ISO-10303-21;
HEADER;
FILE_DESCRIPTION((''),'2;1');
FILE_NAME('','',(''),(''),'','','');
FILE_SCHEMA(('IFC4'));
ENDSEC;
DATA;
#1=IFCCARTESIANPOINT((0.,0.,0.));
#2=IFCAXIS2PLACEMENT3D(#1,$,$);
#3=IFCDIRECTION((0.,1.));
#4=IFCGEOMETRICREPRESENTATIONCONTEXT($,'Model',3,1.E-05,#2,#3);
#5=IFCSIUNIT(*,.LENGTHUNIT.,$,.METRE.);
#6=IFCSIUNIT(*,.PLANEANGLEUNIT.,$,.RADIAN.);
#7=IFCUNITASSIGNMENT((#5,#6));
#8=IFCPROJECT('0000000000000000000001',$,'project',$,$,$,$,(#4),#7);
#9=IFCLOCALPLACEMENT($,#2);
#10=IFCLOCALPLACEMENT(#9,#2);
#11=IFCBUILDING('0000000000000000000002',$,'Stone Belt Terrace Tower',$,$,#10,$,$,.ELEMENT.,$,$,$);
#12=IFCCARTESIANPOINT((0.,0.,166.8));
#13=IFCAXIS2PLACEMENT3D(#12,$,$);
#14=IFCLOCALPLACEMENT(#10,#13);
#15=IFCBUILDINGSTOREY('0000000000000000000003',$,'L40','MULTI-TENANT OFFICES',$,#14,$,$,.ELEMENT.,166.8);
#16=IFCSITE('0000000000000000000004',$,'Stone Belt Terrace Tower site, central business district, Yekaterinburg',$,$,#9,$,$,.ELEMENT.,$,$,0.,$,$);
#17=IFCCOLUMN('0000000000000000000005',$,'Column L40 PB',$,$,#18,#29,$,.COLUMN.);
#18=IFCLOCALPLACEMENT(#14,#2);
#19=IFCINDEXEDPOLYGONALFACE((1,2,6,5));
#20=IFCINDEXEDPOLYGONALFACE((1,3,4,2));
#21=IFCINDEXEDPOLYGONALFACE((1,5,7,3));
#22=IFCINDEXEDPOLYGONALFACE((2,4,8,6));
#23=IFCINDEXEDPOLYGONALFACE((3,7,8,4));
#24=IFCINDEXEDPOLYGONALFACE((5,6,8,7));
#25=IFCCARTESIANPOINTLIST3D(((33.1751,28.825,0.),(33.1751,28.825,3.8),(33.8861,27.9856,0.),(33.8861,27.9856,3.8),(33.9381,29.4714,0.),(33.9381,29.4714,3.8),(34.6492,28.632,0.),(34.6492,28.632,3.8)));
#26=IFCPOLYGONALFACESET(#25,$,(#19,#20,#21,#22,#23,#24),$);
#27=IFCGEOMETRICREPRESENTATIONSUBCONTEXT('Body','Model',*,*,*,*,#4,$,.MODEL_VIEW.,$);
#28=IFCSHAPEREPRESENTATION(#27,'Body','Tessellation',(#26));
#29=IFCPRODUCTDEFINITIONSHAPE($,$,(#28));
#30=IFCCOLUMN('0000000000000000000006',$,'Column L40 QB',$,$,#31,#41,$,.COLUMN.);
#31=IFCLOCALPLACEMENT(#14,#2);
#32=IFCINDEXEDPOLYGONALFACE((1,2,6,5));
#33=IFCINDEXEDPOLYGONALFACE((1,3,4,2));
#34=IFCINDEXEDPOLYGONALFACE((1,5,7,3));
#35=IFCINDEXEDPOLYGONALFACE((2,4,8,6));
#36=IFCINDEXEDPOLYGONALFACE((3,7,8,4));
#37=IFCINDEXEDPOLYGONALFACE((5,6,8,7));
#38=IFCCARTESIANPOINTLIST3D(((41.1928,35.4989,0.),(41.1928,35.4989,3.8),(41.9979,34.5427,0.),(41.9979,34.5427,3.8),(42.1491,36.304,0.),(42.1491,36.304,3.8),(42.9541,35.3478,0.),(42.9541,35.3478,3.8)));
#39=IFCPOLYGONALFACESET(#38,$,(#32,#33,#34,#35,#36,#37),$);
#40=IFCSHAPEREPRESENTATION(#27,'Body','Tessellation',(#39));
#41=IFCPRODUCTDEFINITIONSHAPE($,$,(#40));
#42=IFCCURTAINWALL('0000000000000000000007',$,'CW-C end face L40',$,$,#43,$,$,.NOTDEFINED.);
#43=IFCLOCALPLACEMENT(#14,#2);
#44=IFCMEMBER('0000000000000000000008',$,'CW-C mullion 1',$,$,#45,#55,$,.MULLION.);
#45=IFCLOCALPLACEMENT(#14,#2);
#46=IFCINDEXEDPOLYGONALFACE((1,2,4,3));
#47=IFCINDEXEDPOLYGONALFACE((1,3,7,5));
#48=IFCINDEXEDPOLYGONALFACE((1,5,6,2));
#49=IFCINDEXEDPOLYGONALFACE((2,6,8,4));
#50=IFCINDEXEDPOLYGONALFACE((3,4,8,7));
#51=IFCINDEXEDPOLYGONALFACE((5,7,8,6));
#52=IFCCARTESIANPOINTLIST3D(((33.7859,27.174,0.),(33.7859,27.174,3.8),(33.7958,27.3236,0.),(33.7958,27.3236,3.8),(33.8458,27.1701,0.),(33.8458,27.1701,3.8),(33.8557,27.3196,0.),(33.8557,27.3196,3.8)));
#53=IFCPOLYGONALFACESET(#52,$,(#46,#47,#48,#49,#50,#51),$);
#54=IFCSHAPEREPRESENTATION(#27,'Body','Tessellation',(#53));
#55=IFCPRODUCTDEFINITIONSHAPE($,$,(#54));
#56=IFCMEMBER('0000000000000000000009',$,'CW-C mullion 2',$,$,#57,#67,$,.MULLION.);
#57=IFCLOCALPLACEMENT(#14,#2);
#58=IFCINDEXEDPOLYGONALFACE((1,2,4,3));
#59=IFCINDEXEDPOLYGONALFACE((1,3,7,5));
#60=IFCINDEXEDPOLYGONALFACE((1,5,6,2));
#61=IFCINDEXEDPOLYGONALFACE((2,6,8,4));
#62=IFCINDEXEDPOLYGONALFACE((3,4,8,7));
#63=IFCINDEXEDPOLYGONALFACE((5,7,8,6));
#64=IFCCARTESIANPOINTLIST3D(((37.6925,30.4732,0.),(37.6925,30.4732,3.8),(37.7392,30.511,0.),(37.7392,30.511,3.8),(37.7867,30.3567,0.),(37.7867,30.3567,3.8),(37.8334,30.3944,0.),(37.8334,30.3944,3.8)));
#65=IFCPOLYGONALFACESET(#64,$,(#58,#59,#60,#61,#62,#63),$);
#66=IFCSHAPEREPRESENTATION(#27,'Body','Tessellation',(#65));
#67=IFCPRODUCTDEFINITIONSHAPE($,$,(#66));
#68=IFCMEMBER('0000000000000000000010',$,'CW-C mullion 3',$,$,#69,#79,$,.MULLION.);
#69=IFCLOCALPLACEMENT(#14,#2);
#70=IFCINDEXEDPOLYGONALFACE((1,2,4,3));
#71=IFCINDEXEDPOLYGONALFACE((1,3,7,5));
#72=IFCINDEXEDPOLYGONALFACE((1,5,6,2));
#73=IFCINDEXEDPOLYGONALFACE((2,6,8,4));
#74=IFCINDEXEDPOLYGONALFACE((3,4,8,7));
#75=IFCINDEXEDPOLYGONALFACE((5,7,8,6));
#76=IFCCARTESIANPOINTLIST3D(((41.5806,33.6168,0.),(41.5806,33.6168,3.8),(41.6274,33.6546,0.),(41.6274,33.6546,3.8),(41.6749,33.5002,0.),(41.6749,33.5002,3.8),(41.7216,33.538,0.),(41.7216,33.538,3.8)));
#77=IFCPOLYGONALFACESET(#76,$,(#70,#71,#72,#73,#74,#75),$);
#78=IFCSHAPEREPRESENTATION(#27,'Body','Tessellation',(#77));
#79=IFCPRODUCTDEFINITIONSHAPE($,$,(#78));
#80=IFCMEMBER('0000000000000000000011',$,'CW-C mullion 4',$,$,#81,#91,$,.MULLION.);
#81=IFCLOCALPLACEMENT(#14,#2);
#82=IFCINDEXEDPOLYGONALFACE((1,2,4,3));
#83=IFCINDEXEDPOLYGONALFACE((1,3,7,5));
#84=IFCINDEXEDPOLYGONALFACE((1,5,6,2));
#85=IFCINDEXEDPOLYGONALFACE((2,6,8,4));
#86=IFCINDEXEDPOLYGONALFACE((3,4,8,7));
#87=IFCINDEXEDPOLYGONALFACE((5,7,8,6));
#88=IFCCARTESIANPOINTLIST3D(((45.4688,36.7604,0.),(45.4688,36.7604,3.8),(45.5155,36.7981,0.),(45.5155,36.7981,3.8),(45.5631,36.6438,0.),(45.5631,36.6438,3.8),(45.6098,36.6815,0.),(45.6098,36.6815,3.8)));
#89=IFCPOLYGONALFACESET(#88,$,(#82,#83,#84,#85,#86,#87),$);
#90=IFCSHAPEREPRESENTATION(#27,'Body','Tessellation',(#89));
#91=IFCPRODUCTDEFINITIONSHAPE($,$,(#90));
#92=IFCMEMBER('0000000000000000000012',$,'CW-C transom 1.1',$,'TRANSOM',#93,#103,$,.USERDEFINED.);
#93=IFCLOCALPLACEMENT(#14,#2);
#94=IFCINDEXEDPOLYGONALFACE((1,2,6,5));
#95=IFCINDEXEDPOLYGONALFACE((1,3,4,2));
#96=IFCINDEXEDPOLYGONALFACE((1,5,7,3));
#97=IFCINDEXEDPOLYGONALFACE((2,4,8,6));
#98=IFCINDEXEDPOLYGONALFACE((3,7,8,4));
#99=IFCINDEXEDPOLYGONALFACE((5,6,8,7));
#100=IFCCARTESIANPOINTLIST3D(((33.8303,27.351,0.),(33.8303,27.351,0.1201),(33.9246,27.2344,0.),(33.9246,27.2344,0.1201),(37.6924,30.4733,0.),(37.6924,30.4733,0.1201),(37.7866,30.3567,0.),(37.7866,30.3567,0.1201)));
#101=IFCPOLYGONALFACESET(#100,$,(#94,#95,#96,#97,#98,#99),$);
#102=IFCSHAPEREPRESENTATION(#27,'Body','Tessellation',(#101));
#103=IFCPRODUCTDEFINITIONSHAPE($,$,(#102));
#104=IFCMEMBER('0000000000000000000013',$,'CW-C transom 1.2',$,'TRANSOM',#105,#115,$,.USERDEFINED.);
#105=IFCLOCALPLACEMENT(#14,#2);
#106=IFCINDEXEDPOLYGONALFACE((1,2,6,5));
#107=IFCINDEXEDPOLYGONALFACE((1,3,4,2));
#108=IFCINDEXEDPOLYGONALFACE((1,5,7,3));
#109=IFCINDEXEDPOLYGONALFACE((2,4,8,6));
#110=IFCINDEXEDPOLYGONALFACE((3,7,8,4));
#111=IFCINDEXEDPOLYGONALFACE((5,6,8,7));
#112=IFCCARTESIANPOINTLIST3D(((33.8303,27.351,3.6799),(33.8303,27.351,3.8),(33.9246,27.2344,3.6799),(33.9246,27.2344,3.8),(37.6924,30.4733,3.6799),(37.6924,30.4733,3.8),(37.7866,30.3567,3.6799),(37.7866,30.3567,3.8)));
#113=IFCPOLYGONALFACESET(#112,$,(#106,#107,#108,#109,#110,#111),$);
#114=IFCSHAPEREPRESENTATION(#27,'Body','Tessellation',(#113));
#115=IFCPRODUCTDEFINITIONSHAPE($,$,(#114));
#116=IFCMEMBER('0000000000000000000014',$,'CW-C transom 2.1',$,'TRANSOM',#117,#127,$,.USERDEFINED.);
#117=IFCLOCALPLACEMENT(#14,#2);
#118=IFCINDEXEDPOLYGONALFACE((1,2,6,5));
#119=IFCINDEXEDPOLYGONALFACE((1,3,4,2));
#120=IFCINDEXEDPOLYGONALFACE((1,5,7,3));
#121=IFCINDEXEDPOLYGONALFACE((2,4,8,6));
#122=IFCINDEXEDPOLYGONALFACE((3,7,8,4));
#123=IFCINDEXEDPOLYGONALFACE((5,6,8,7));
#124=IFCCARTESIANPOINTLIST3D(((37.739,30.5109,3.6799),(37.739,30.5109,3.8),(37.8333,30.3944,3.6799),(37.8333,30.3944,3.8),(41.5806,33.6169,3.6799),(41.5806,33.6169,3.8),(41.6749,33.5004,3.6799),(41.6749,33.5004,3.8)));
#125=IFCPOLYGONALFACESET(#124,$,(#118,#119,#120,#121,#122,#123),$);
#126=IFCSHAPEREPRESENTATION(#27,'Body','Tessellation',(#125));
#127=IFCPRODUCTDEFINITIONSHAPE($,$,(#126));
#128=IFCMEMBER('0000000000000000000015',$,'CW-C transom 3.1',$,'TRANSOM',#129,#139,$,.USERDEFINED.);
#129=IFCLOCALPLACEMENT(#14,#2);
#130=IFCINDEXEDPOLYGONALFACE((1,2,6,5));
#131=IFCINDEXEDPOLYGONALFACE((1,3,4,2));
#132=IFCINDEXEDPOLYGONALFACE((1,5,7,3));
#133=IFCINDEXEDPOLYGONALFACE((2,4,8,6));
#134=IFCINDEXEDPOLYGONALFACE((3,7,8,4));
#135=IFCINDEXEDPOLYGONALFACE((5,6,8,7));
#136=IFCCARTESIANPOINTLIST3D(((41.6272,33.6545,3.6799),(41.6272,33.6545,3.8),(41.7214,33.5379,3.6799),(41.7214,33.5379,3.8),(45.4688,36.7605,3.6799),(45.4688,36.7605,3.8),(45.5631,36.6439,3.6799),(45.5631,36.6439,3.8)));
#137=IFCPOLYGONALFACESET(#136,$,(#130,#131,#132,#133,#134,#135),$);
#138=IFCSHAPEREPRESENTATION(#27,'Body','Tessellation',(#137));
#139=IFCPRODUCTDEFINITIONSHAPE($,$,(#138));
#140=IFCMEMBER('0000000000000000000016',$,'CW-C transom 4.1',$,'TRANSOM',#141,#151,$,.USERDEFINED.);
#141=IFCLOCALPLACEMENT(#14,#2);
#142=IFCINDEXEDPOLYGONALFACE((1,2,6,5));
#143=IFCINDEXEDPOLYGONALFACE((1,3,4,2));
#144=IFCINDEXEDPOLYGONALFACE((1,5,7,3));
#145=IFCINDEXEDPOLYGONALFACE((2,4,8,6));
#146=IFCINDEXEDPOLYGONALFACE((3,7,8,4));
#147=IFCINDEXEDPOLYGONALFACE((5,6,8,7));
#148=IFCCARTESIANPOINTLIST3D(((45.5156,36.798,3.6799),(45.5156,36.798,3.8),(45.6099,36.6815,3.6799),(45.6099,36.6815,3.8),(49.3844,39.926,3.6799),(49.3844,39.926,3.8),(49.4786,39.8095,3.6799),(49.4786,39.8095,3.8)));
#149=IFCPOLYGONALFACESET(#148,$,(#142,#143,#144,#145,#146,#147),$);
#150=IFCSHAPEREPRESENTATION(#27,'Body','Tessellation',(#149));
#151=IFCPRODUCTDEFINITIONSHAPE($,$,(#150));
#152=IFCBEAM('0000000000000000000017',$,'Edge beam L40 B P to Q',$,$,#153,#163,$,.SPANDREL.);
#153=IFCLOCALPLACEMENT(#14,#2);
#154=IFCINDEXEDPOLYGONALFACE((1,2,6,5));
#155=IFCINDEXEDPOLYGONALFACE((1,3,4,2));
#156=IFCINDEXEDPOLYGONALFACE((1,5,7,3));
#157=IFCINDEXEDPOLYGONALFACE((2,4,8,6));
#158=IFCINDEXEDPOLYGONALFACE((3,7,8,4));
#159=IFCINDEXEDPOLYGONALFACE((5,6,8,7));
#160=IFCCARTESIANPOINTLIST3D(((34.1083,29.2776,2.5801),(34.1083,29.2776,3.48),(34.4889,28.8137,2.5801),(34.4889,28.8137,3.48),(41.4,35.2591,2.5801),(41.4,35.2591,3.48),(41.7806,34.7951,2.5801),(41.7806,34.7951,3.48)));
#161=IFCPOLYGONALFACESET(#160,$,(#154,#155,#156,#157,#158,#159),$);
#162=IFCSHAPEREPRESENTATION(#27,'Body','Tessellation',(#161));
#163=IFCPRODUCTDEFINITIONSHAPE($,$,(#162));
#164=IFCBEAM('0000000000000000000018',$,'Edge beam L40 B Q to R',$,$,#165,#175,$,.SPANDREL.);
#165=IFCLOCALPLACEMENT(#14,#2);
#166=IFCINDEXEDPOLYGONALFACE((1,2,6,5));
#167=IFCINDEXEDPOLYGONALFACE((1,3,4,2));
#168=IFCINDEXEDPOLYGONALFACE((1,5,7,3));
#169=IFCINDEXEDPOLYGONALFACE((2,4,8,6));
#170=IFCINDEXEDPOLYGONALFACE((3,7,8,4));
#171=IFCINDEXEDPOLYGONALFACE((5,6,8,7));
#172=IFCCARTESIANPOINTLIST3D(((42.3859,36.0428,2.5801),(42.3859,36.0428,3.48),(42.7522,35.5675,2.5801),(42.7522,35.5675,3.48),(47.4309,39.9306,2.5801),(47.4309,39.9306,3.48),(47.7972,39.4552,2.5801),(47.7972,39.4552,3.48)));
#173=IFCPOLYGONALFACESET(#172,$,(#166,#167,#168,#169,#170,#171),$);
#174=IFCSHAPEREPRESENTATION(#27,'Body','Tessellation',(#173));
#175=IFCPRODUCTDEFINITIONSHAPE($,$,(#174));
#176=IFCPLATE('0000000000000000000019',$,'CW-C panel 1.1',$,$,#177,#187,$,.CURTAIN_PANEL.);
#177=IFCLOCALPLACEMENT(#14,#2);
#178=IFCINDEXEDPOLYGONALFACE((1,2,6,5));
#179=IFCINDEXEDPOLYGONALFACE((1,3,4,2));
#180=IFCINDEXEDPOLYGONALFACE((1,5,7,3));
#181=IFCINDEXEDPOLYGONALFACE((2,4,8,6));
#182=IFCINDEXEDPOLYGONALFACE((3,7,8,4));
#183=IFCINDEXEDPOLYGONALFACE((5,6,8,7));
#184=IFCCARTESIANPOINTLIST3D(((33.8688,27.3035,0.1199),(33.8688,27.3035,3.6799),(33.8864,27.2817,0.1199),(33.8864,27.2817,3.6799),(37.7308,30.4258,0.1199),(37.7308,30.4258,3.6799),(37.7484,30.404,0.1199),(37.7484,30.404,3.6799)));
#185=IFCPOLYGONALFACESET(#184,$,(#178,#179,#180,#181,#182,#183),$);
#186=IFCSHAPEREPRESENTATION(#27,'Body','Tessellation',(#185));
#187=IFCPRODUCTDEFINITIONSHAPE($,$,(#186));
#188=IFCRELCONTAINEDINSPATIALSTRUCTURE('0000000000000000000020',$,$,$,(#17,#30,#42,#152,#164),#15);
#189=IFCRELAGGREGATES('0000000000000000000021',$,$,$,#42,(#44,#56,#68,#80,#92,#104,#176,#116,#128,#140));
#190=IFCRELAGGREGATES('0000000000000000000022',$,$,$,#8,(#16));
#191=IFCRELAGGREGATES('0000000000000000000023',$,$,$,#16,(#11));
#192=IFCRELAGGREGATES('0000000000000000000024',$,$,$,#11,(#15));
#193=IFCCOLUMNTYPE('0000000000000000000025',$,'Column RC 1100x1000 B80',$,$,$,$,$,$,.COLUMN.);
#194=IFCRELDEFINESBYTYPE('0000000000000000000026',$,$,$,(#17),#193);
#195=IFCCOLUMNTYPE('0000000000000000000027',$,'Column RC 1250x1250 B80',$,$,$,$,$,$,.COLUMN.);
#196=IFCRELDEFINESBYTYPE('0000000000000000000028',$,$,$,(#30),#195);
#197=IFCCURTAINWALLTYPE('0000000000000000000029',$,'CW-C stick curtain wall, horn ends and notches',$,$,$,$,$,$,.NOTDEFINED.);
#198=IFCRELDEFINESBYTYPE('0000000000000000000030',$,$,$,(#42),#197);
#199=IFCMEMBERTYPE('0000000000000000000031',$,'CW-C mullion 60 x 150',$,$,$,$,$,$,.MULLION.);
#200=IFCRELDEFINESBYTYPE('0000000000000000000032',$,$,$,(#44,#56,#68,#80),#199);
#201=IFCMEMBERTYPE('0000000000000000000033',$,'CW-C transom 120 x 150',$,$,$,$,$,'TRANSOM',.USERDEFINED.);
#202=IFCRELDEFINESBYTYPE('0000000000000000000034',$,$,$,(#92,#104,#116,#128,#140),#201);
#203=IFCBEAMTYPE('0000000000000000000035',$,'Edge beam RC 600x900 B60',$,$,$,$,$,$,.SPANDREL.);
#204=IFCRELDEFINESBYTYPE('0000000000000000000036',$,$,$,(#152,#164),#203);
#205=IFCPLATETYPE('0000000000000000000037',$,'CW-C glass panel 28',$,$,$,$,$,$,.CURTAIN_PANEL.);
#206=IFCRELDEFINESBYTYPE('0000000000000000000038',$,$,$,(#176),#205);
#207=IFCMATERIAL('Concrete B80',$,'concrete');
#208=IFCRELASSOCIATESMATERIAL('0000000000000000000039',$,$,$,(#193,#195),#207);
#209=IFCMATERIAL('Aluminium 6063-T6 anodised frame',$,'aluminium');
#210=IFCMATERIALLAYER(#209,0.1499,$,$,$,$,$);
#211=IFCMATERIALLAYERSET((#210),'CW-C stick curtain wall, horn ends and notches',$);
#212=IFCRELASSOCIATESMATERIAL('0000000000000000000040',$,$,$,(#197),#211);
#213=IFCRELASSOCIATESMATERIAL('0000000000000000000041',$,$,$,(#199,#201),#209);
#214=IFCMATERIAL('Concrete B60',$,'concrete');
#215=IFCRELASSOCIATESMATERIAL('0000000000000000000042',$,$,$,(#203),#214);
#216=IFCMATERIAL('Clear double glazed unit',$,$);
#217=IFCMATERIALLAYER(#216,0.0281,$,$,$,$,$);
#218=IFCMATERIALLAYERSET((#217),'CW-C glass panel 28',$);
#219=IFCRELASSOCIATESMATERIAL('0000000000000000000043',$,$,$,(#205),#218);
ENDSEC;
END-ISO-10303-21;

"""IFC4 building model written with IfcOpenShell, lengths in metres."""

from ifc_helpers import new_model, si_unit, direction, frame, origin, origin_2d, place, context, subcontext, project, spatial, rectangle, extrude, material, layer, layer_set, material_profile, profile_set, type_object, element, aggregate, save


model = new_model("IFC4")

# Units and contexts
model_context = context("Model", 3, precision=1e-05, world=origin(), true_north=direction((0.0, 1.0)))
body_context = subcontext(model_context, "Body", "Model", "MODEL_VIEW")
ifc_project = project(units=[si_unit("LENGTHUNIT", "METRE"), si_unit("PLANEANGLEUNIT", "RADIAN")], contexts=[model_context])

# Site, building, storey
site_placement = place(None, origin())
site = spatial("IfcSite", under=ifc_project, at=site_placement, Name="Stone Belt Terrace Tower site, central business district, Yekaterinburg", CompositionType="ELEMENT", RefElevation=0.0)
building_placement = place(site_placement, origin())
building = spatial("IfcBuilding", under=site, at=building_placement, Name="Stone Belt Terrace Tower", CompositionType="ELEMENT")
storey_placement = place(building_placement, frame((0.0, 0.0, 166.8)))
storey = spatial("IfcBuildingStorey", under=building, at=storey_placement, Name="L40", Description="MULTI-TENANT OFFICES", CompositionType="ELEMENT", Elevation=166.8)

# Columns
ifc_material_1 = material(Name="Concrete B80", Category="concrete")
ifc_material_profile_1 = material_profile(ifc_material_1, rectangle(XDim=1.1001, YDim=1.0, at=origin_2d()), Name="RC 1100x1000")
ifc_profile_set_1 = profile_set([ifc_material_profile_1], Name="Concrete B80")
column_type_1 = type_object("IfcColumnType", Name="Column RC 1100x1000 B80", PredefinedType="COLUMN", material=ifc_profile_set_1)
column_1_placement = place(storey_placement, frame((33.9121, 28.7285, 0.0), z_axis=(0.0, 0.0, 1.0), x_axis=(0.646385, -0.763011, 0.0)))
element("IfcColumn", 1, at=column_1_placement, inside=storey, type_object=column_type_1, Name="Column L40 PB", PredefinedType="COLUMN", context=body_context, shape_type="SweptSolid", body=[
    extrude(rectangle(XDim=1.1001, YDim=1.0, at=origin_2d()), origin(), (0.0, 0.0, 1.0), 3.8),
])
ifc_material_profile_2 = material_profile(ifc_material_1, rectangle(XDim=1.25, YDim=1.25, at=origin_2d()), Name="RC 1250x1250")
ifc_profile_set_2 = profile_set([ifc_material_profile_2], Name="Concrete B80")
column_type_2 = type_object("IfcColumnType", Name="Column RC 1250x1250 B80", PredefinedType="COLUMN", material=ifc_profile_set_2)
column_2_placement = place(storey_placement, frame((42.0735, 35.4233, 0.0), z_axis=(0.0, 0.0, 1.0), x_axis=(0.644062, -0.764973, 0.0)))
element("IfcColumn", 2, at=column_2_placement, inside=storey, type_object=column_type_2, Name="Column L40 QB", PredefinedType="COLUMN", context=body_context, shape_type="SweptSolid", body=[
    extrude(rectangle(XDim=1.25, YDim=1.25, at=origin_2d()), origin(), (0.0, 0.0, 1.0), 3.8),
])

# Curtain wall, members
ifc_material_2 = material(Name="Aluminium 6063-T6 anodised frame", Category="aluminium")
ifc_layer_1 = layer(ifc_material_2, 0.1499)
ifc_layer_set_1 = layer_set([ifc_layer_1], Name="CW-C stick curtain wall, horn ends and notches")
curtain_wall_type = type_object("IfcCurtainWallType", Name="CW-C stick curtain wall, horn ends and notches", PredefinedType="NOTDEFINED", material=ifc_layer_set_1)
curtain_wall_placement = place(storey_placement, origin())
curtain_wall = element("IfcCurtainWall", 3, at=curtain_wall_placement, inside=storey, type_object=curtain_wall_type, Name="CW-C end face L40", PredefinedType="NOTDEFINED")
ifc_material_profile_3 = material_profile(ifc_material_2, rectangle(XDim=0.1499, YDim=0.0601, at=origin_2d()), Name="Aluminium 6063-T6 60x150")
ifc_profile_set_3 = profile_set([ifc_material_profile_3], Name="Aluminium 6063-T6 anodised frame")
member_type_1 = type_object("IfcMemberType", Name="CW-C mullion 60 x 150", PredefinedType="MULLION", material=ifc_profile_set_3)
member_1_placement = place(storey_placement, frame((33.8208, 27.2468, 0.0), z_axis=(0.0, 0.0, 1.0), x_axis=(0.065995, 0.99782, 0.0)))
member_1 = element("IfcMember", 4, at=member_1_placement, type_object=member_type_1, Name="CW-C mullion 1", PredefinedType="MULLION", context=body_context, shape_type="SweptSolid", body=[
    extrude(rectangle(XDim=0.1499, YDim=0.0601, at=origin_2d()), origin(), (0.0, 0.0, 1.0), 3.8),
])
member_2_placement = place(storey_placement, frame((37.7629, 30.4338, 0.0), z_axis=(0.0, 0.0, 1.0), x_axis=(-0.628705, 0.777644, 0.0)))
member_2 = element("IfcMember", 5, at=member_2_placement, type_object=member_type_1, Name="CW-C mullion 2", PredefinedType="MULLION", context=body_context, shape_type="SweptSolid", body=[
    extrude(rectangle(XDim=0.1499, YDim=0.0601, at=origin_2d()), origin(), (0.0, 0.0, 1.0), 3.8),
])
member_3_placement = place(storey_placement, frame((41.6511, 33.5774, 0.0), z_axis=(0.0, 0.0, 1.0), x_axis=(-0.628705, 0.777644, 0.0)))
member_3 = element("IfcMember", 6, at=member_3_placement, type_object=member_type_1, Name="CW-C mullion 3", PredefinedType="MULLION", context=body_context, shape_type="SweptSolid", body=[
    extrude(rectangle(XDim=0.1499, YDim=0.0601, at=origin_2d()), origin(), (0.0, 0.0, 1.0), 3.8),
])
member_4_placement = place(storey_placement, frame((45.5393, 36.7209, 0.0), z_axis=(0.0, 0.0, 1.0), x_axis=(-0.628705, 0.777644, 0.0)))
member_4 = element("IfcMember", 7, at=member_4_placement, type_object=member_type_1, Name="CW-C mullion 4", PredefinedType="MULLION", context=body_context, shape_type="SweptSolid", body=[
    extrude(rectangle(XDim=0.1499, YDim=0.0601, at=origin_2d()), origin(), (0.0, 0.0, 1.0), 3.8),
])
ifc_material_profile_4 = material_profile(ifc_material_2, rectangle(XDim=0.1499, YDim=0.1201, at=origin_2d()), Name="Aluminium 6063-T6 150x120")
ifc_profile_set_4 = profile_set([ifc_material_profile_4], Name="Aluminium 6063-T6 anodised frame")
member_type_2 = type_object("IfcMemberType", Name="CW-C transom 120 x 150", ElementType="TRANSOM", PredefinedType="USERDEFINED", material=ifc_profile_set_4)
member_5_placement = place(storey_placement, frame((33.8774, 27.2927, 0.0601), z_axis=(0.77765, 0.628697, 0.0), x_axis=(-0.628697, 0.77765, 0.0)))
member_5 = element("IfcMember", 8, at=member_5_placement, type_object=member_type_2, Name="CW-C transom 1.1", ObjectType="TRANSOM", PredefinedType="USERDEFINED", context=body_context, shape_type="SweptSolid", body=[
    extrude(rectangle(XDim=0.1499, YDim=0.1201, at=origin_2d()), origin(), (0.0, 0.0, 1.0), 4.9663),
])
member_6_placement = place(storey_placement, frame((33.8774, 27.2927, 3.74), z_axis=(0.77765, 0.628697, 0.0), x_axis=(-0.628697, 0.77765, 0.0)))
member_6 = element("IfcMember", 9, at=member_6_placement, type_object=member_type_2, Name="CW-C transom 1.2", ObjectType="TRANSOM", PredefinedType="USERDEFINED", context=body_context, shape_type="SweptSolid", body=[
    extrude(rectangle(XDim=0.1499, YDim=0.1201, at=origin_2d()), origin(), (0.0, 0.0, 1.0), 4.9663),
])
member_7_placement = place(storey_placement, frame((37.7861, 30.4526, 3.74), z_axis=(0.777628, 0.628725, 0.0), x_axis=(-0.628725, 0.777628, 0.0)))
member_7 = element("IfcMember", 10, at=member_7_placement, type_object=member_type_2, Name="CW-C transom 2.1", ObjectType="TRANSOM", PredefinedType="USERDEFINED", context=body_context, shape_type="SweptSolid", body=[
    extrude(rectangle(XDim=0.1499, YDim=0.1201, at=origin_2d()), origin(), (0.0, 0.0, 1.0), 4.9402),
])
member_8_placement = place(storey_placement, frame((41.6743, 33.5962, 3.74), z_axis=(0.777628, 0.628725, 0.0), x_axis=(-0.628725, 0.777628, 0.0)))
member_8 = element("IfcMember", 11, at=member_8_placement, type_object=member_type_2, Name="CW-C transom 3.1", ObjectType="TRANSOM", PredefinedType="USERDEFINED", context=body_context, shape_type="SweptSolid", body=[
    extrude(rectangle(XDim=0.1499, YDim=0.1201, at=origin_2d()), origin(), (0.0, 0.0, 1.0), 4.9402),
])
member_9_placement = place(storey_placement, frame((45.5627, 36.7397, 3.74), z_axis=(0.777622, 0.628732, 0.0), x_axis=(-0.628732, 0.777622, 0.0)))
member_9 = element("IfcMember", 12, at=member_9_placement, type_object=member_type_2, Name="CW-C transom 4.1", ObjectType="TRANSOM", PredefinedType="USERDEFINED", context=body_context, shape_type="SweptSolid", body=[
    extrude(rectangle(XDim=0.1499, YDim=0.1201, at=origin_2d()), origin(), (0.0, 0.0, 1.0), 4.9751),
])

# Beams
ifc_material_3 = material(Name="Concrete B60", Category="concrete")
ifc_material_profile_5 = material_profile(ifc_material_3, rectangle(XDim=0.6001, YDim=0.8999, at=origin_2d()), Name="RC 600x900")
ifc_profile_set_5 = profile_set([ifc_material_profile_5], Name="Concrete B60")
beam_type = type_object("IfcBeamType", Name="Edge beam RC 600x900 B60", PredefinedType="SPANDREL", material=ifc_profile_set_5)
beam_1_placement = place(storey_placement, frame((34.2986, 29.0457, 3.03), z_axis=(0.773153, 0.63422, 0.0), x_axis=(-0.63422, 0.773153, 0.0)))
element("IfcBeam", 13, at=beam_1_placement, inside=storey, type_object=beam_type, Name="Edge beam L40 B P to Q", PredefinedType="SPANDREL", context=body_context, shape_type="SweptSolid", body=[
    extrude(rectangle(XDim=0.6001, YDim=0.8999, at=origin_2d()), origin(), (0.0, 0.0, 1.0), 9.4312),
])
beam_2_placement = place(storey_placement, frame((42.5691, 35.8052, 3.03), z_axis=(0.792094, 0.6104, 0.0), x_axis=(-0.6104, 0.792094, 0.0)))
element("IfcBeam", 14, at=beam_2_placement, inside=storey, type_object=beam_type, Name="Edge beam L40 B Q to R", PredefinedType="SPANDREL", context=body_context, shape_type="SweptSolid", body=[
    extrude(rectangle(XDim=0.6001, YDim=0.8999, at=origin_2d()), origin(), (0.0, 0.0, 1.0), 6.3691),
])

# Plate
ifc_material_4 = material(Name="Clear double glazed unit")
ifc_layer_2 = layer(ifc_material_4, 0.0281)
ifc_layer_set_2 = layer_set([ifc_layer_2], Name="CW-C glass panel 28")
plate_type = type_object("IfcPlateType", Name="CW-C glass panel 28", PredefinedType="CURTAIN_PANEL", material=ifc_layer_set_2)
plate_1_placement = place(storey_placement, frame((35.8086, 28.8538, 0.1199), z_axis=(0.0, 0.0, 1.0), x_axis=(0.777644, 0.628705, 0.0)))
plate_1 = element("IfcPlate", 15, at=plate_1_placement, type_object=plate_type, Name="CW-C panel 1.1", PredefinedType="CURTAIN_PANEL", context=body_context, shape_type="SweptSolid", body=[
    extrude(rectangle(XDim=4.9663, YDim=0.0281, at=origin_2d()), origin(), (0.0, 0.0, 1.0), 3.5601),
])
aggregate(curtain_wall, [member_1, member_2, member_3, member_4, member_5, member_6, plate_1, member_7, member_8, member_9])

save(model, "model.ifc")
